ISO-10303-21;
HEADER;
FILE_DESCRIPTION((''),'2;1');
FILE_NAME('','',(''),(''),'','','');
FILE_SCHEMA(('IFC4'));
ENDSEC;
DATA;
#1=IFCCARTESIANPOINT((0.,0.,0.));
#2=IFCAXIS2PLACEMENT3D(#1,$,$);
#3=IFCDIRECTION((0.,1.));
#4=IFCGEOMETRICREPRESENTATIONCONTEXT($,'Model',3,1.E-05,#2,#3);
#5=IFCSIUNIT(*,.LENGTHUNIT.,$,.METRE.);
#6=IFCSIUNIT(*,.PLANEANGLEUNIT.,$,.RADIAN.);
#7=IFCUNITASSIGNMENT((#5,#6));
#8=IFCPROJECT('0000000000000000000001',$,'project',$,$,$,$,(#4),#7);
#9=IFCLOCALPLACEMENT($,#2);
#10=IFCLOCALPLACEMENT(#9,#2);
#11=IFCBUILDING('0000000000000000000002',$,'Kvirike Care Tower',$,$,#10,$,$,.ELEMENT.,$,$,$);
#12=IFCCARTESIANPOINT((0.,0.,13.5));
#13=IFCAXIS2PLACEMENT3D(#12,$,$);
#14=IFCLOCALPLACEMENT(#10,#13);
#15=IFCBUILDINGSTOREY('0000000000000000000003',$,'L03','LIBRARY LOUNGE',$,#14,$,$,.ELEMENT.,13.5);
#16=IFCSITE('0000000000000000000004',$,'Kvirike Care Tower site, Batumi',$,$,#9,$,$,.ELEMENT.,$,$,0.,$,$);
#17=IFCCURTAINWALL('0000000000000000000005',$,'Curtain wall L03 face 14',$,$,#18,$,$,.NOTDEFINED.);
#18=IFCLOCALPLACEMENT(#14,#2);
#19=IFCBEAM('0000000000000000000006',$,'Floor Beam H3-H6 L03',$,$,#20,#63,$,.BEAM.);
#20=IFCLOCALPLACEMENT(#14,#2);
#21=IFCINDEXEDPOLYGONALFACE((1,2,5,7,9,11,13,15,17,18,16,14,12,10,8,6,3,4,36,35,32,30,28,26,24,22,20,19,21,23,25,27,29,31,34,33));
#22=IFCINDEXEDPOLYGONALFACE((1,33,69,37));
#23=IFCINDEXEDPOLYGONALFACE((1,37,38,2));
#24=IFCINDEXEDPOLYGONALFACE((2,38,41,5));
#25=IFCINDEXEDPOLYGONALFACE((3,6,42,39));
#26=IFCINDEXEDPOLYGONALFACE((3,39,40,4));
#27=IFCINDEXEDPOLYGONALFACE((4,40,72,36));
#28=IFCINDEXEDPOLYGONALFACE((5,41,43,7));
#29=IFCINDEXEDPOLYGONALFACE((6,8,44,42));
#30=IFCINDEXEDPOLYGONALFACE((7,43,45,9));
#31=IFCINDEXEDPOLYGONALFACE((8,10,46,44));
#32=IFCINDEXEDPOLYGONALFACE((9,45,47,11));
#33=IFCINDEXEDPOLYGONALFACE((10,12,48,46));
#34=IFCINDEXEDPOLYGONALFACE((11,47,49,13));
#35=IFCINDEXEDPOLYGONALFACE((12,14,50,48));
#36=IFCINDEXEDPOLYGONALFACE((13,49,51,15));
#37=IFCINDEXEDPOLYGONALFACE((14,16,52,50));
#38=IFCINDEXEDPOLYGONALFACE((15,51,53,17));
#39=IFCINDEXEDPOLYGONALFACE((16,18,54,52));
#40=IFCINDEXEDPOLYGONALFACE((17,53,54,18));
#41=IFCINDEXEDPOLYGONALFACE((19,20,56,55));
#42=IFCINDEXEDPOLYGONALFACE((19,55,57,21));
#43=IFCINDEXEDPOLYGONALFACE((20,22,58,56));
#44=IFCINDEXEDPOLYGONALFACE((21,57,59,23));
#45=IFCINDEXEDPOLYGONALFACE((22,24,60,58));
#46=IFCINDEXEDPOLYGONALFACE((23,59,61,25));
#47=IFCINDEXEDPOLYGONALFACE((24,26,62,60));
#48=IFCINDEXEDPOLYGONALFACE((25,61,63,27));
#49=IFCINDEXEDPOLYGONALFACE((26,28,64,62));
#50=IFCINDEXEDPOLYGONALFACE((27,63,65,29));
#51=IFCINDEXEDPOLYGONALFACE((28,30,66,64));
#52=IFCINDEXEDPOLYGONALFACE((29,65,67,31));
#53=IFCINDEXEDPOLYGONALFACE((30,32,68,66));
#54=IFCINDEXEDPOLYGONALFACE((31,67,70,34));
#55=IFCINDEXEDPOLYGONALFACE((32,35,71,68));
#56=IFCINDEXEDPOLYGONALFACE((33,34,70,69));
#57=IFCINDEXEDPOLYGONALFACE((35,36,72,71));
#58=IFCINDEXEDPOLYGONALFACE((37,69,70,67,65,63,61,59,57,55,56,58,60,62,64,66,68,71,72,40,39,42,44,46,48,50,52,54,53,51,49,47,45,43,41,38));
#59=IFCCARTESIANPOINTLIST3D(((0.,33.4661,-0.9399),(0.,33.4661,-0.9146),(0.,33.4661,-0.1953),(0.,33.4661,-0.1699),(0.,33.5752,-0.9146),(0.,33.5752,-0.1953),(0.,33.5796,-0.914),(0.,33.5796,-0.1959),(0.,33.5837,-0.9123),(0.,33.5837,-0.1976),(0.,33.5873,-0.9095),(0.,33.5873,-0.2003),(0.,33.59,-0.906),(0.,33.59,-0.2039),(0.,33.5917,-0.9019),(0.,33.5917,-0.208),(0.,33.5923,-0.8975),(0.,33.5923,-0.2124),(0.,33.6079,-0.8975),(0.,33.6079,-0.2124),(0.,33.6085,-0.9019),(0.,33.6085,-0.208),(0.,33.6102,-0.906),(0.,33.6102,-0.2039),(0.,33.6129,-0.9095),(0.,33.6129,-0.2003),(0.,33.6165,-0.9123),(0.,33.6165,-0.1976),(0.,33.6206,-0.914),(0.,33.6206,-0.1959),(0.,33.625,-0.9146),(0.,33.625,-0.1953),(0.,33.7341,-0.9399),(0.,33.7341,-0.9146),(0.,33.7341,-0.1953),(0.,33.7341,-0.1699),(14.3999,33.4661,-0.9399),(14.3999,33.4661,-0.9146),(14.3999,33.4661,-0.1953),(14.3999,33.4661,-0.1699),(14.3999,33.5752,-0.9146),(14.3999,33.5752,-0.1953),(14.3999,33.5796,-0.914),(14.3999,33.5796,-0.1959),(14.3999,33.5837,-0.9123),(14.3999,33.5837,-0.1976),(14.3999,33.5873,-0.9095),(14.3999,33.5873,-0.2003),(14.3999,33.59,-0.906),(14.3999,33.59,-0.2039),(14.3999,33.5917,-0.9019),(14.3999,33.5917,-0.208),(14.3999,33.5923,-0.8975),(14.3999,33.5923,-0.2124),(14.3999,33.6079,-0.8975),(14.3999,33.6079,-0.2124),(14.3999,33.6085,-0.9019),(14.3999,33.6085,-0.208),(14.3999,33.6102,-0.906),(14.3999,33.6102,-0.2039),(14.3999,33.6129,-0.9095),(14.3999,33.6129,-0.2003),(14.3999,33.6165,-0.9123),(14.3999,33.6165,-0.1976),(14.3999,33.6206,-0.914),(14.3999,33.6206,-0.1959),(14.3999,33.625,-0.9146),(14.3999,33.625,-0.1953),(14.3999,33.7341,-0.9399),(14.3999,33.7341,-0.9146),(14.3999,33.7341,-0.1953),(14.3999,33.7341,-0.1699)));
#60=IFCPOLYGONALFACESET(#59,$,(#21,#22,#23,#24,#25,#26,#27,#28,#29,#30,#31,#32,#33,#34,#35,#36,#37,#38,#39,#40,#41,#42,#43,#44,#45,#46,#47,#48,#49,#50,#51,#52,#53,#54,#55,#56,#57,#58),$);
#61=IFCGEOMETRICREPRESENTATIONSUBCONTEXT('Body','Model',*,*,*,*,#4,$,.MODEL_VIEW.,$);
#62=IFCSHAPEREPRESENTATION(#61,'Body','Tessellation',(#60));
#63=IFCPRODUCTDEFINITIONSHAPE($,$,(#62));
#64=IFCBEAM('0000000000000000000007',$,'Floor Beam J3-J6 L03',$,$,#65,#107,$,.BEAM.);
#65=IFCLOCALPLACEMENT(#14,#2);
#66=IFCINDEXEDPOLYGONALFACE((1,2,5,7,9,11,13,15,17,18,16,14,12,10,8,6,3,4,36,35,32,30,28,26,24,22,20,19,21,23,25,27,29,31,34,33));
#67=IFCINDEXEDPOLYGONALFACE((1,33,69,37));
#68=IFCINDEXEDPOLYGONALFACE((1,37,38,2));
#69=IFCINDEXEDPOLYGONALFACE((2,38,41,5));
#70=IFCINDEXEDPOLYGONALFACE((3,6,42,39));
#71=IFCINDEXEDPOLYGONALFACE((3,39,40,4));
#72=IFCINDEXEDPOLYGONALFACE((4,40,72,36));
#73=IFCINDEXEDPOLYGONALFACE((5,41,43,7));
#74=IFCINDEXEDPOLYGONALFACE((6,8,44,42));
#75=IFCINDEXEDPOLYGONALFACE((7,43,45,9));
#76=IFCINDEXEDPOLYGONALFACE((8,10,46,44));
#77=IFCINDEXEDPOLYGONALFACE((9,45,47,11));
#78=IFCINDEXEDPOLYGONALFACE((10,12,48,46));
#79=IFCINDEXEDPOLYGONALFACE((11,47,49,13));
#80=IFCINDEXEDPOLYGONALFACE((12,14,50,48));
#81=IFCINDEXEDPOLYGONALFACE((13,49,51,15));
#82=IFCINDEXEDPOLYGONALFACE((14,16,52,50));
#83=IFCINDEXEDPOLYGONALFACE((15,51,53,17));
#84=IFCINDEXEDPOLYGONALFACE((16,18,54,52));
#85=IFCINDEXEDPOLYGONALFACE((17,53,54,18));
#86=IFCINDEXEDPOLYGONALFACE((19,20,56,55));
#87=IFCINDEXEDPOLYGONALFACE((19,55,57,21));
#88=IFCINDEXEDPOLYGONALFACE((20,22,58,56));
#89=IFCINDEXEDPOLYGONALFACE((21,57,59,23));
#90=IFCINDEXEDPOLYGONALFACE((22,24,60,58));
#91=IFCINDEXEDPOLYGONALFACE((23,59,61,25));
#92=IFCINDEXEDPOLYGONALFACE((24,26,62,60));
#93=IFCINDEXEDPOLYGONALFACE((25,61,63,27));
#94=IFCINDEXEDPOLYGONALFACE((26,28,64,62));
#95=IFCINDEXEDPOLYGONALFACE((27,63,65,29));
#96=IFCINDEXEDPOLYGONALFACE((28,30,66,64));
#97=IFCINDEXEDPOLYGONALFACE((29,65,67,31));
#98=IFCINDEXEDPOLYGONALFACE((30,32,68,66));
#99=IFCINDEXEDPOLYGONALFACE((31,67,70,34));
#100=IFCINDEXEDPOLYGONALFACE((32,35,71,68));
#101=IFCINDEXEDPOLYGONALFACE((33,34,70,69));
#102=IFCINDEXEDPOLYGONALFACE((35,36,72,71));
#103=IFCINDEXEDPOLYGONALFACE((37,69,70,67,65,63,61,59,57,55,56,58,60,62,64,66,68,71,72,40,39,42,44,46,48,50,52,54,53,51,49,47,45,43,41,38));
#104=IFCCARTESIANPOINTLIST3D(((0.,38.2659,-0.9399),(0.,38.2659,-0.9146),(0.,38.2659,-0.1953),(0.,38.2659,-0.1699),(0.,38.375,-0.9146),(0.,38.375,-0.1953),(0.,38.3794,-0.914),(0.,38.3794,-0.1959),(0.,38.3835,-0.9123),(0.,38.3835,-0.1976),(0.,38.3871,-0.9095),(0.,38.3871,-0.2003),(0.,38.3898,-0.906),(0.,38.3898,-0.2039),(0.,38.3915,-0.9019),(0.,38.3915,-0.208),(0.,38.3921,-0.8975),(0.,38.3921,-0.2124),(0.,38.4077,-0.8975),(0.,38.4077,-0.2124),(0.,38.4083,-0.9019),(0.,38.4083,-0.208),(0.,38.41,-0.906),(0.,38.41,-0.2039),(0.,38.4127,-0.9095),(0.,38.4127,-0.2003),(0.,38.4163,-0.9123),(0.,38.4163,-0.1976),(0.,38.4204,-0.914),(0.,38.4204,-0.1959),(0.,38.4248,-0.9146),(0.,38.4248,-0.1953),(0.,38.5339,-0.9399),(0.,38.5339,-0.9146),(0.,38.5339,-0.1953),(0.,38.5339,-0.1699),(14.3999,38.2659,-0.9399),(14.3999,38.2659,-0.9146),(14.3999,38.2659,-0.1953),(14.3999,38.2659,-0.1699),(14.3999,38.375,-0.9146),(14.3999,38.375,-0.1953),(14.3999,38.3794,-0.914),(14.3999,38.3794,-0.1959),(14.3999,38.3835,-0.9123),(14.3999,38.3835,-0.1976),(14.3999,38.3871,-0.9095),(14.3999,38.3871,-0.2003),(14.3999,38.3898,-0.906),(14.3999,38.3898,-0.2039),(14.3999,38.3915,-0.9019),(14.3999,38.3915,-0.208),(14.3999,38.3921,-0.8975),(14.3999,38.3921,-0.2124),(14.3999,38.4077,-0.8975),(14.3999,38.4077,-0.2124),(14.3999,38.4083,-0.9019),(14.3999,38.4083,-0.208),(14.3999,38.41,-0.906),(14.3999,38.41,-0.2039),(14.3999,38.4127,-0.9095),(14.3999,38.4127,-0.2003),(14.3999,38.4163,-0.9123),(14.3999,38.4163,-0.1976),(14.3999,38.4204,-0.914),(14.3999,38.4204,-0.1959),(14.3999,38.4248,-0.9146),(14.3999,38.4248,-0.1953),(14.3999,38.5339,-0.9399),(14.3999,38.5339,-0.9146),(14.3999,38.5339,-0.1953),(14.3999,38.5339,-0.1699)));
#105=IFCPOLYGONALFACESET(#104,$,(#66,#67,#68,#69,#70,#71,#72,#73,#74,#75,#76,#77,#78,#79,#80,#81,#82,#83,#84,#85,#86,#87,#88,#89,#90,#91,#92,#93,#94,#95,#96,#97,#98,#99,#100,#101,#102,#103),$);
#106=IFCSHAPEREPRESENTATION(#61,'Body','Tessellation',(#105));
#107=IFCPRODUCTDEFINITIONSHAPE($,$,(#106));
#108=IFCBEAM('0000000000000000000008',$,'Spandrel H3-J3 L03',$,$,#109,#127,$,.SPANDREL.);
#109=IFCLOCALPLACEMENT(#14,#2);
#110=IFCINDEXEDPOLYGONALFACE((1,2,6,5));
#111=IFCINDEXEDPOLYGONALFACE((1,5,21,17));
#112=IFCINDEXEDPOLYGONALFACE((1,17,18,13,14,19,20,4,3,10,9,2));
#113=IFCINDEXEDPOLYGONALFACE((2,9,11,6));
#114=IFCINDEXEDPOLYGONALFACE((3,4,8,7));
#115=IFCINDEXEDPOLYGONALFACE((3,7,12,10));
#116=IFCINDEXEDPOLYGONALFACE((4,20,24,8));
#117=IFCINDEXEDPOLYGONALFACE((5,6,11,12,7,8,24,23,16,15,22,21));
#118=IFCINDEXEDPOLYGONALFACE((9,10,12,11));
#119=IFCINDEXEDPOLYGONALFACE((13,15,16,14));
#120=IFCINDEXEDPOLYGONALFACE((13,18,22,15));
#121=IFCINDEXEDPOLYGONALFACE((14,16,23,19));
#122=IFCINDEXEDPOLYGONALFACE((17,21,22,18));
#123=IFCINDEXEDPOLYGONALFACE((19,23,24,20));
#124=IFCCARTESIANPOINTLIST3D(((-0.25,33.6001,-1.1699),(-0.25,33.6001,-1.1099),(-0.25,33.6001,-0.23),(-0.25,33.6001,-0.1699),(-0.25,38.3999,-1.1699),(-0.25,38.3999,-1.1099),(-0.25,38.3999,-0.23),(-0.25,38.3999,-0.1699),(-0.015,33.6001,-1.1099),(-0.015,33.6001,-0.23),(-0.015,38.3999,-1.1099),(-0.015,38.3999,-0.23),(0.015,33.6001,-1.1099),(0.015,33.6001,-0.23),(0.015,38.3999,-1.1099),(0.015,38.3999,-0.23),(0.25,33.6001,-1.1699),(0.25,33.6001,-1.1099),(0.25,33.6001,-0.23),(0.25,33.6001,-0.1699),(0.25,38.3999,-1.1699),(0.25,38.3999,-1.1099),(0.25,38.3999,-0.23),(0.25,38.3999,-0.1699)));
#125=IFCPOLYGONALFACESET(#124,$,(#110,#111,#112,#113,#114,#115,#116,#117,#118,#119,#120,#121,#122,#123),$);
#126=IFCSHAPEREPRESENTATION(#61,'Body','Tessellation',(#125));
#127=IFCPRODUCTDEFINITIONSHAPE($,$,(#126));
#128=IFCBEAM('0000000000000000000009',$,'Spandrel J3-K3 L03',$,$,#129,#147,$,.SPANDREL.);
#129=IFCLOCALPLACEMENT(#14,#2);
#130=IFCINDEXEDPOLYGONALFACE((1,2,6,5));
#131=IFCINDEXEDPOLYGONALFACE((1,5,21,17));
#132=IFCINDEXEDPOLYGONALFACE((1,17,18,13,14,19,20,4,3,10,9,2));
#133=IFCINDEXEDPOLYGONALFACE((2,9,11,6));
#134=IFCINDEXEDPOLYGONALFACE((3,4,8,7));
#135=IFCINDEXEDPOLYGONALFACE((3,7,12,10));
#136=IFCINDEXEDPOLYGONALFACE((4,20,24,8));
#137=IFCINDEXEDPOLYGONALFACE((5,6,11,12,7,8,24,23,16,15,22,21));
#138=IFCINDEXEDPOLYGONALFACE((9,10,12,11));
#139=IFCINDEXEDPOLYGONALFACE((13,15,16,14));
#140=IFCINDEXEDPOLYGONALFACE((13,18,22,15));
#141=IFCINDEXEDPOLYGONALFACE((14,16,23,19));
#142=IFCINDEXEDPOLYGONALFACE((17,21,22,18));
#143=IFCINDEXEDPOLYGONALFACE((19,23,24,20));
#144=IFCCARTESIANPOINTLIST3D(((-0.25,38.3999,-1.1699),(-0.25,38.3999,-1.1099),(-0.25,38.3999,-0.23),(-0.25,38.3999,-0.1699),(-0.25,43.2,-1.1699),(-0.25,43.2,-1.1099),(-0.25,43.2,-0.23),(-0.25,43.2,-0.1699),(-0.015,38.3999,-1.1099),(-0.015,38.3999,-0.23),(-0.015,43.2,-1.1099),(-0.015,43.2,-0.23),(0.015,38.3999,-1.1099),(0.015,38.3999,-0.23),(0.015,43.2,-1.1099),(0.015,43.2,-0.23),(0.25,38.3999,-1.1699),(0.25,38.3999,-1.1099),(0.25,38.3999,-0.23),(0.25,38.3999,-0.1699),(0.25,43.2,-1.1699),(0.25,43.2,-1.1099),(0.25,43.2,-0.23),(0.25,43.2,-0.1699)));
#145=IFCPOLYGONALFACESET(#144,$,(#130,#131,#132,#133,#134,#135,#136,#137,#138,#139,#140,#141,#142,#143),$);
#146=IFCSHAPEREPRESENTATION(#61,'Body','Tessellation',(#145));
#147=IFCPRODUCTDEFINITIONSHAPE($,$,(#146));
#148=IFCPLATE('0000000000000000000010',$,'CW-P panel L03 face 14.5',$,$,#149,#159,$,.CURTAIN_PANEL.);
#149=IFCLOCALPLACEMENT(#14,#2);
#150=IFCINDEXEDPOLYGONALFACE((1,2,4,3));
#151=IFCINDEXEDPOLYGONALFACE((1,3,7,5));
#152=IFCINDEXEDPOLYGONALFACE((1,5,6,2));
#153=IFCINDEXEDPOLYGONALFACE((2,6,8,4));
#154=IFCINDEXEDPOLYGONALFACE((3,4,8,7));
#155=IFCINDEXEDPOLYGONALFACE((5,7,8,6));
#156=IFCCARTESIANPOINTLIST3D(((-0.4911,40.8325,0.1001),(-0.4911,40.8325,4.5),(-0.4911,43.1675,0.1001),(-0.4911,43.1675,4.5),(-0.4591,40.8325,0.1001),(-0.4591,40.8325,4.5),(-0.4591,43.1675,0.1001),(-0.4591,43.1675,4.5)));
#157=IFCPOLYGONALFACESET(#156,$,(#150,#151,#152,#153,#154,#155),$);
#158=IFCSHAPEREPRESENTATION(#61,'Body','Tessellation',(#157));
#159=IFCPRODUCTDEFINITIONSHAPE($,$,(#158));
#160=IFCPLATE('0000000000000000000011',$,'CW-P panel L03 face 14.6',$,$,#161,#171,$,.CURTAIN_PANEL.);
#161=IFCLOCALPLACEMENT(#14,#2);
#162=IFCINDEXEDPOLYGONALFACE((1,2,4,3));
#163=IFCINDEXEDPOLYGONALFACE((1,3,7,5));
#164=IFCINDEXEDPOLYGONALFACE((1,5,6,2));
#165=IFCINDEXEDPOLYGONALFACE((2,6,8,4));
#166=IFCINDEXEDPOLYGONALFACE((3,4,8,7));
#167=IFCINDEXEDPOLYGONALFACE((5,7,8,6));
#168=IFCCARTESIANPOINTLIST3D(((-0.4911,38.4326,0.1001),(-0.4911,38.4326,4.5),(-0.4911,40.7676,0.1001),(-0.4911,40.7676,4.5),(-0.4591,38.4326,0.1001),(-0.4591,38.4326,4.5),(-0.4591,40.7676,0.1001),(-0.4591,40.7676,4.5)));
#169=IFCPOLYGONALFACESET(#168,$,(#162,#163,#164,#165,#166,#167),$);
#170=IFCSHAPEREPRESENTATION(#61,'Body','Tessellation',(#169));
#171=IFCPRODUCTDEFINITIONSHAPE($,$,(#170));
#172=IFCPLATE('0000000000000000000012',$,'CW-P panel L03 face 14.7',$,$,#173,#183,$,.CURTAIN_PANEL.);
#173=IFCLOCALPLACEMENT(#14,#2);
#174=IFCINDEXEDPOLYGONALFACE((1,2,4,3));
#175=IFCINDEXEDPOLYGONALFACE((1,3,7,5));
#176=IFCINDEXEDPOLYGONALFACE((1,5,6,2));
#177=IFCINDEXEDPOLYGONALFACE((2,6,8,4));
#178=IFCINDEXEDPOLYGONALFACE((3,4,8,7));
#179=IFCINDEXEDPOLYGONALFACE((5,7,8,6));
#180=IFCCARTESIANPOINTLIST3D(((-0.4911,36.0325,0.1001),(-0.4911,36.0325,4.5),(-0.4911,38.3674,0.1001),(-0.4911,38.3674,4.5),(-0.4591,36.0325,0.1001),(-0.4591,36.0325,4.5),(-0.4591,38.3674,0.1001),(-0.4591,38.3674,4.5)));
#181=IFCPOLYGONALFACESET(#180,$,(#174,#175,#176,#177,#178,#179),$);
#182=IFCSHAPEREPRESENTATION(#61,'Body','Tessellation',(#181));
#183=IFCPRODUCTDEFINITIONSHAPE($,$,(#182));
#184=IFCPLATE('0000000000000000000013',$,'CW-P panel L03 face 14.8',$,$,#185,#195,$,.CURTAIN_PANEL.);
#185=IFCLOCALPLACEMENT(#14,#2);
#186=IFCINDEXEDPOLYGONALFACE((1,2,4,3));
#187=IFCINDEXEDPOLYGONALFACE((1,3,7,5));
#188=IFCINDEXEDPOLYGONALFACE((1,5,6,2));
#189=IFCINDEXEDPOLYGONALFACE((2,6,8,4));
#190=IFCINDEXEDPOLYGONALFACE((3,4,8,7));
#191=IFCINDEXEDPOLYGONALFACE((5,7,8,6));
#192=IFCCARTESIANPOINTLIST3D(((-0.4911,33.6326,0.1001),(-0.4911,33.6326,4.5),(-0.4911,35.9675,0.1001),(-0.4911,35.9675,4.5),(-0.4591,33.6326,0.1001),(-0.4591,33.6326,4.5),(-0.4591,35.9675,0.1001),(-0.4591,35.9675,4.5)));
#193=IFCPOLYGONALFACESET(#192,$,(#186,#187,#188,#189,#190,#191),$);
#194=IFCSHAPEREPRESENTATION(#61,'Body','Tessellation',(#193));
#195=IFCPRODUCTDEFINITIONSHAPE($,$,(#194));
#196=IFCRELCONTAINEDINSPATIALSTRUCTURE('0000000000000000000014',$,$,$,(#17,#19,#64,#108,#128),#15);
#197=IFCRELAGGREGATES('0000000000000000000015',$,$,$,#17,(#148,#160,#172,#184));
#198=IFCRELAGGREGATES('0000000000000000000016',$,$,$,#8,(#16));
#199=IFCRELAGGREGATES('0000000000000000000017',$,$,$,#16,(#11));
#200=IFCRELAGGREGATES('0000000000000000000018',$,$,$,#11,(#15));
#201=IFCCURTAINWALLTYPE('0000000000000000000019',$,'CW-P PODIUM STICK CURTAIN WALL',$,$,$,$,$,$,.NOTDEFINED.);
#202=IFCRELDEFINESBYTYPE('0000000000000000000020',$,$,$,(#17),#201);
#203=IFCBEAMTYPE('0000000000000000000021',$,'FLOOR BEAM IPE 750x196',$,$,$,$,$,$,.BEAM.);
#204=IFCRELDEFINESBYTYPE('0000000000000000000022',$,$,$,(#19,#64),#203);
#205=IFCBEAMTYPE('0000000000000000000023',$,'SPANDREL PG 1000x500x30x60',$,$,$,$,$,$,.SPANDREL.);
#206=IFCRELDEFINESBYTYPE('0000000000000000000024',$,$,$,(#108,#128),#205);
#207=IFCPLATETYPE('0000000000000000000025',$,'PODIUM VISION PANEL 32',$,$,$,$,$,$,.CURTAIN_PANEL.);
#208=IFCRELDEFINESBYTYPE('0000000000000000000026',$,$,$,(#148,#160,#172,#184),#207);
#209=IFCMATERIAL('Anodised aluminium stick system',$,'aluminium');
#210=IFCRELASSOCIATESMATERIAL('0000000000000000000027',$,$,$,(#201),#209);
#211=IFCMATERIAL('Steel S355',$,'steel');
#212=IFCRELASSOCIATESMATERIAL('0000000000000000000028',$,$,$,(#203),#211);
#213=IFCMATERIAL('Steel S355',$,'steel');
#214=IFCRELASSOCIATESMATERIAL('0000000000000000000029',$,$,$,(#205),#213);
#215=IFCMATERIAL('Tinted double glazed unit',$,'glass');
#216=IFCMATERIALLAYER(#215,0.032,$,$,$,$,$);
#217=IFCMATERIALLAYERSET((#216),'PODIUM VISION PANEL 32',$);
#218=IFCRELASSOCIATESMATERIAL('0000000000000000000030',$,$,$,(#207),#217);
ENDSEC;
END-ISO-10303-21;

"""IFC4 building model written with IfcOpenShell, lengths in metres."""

from ifc_helpers import new_model, si_unit, direction, frame, origin, origin_2d, place, context, subcontext, project, spatial, rectangle, i_section, extrude, material, layer, layer_set, material_profile, profile_set, type_object, element, aggregate, save


model = new_model("IFC4")

# Units and contexts
model_context = context("Model", 3, precision=1e-05, world=origin(), true_north=direction((0.0, 1.0)))
body_context = subcontext(model_context, "Body", "Model", "MODEL_VIEW")
ifc_project = project(units=[si_unit("LENGTHUNIT", "METRE"), si_unit("PLANEANGLEUNIT", "RADIAN")], contexts=[model_context])

# Site, building, storey
site_placement = place(None, origin())
site = spatial("IfcSite", under=ifc_project, at=site_placement, Name="Kvirike Care Tower site, Batumi", CompositionType="ELEMENT", RefElevation=0.0)
building_placement = place(site_placement, origin())
building = spatial("IfcBuilding", under=site, at=building_placement, Name="Kvirike Care Tower", CompositionType="ELEMENT")
storey_placement = place(building_placement, frame((0.0, 0.0, 13.5)))
storey = spatial("IfcBuildingStorey", under=building, at=storey_placement, Name="L03", Description="LIBRARY LOUNGE", CompositionType="ELEMENT", Elevation=13.5)

# Curtain wall
ifc_material_1 = material(Name="Anodised aluminium stick system", Category="aluminium")
curtain_wall_type = type_object("IfcCurtainWallType", Name="CW-P PODIUM STICK CURTAIN WALL", PredefinedType="NOTDEFINED", material=ifc_material_1)
curtain_wall_placement = place(storey_placement, origin())
curtain_wall = element("IfcCurtainWall", 1, at=curtain_wall_placement, inside=storey, type_object=curtain_wall_type, Name="Curtain wall L03 face 14", PredefinedType="NOTDEFINED")

# Beams
ifc_material_2 = material(Name="Steel S355", Category="steel")
ifc_material_profile_1 = material_profile(ifc_material_2, i_section(OverallWidth=0.2681, OverallDepth=0.77, WebThickness=0.0156, FlangeThickness=0.0254, FilletRadius=0.0171, at=origin_2d()), Name="IPE 750x196")
ifc_profile_set_1 = profile_set([ifc_material_profile_1], Name="Steel S355")
beam_type_1 = type_object("IfcBeamType", Name="FLOOR BEAM IPE 750x196", PredefinedType="BEAM", material=ifc_profile_set_1)
for number, where, z_axis, x_axis, name in (
    (2, (0.0, 33.6001, -0.5549), (1.0, 0.0, 0.0), (0.0, 1.0, 0.0), "Floor Beam H3-H6 L03"),
    (3, (0.0, 38.3999, -0.5549), (1.0, 0.0, 0.0), (0.0, 1.0, 0.0), "Floor Beam J3-J6 L03"),
):
    element("IfcBeam", number, at=place(storey_placement, frame(where, z_axis=z_axis, x_axis=x_axis)), inside=storey, type_object=beam_type_1, Name=name, PredefinedType="BEAM", context=body_context, shape_type="SweptSolid", body=[
        extrude(i_section(OverallWidth=0.2681, OverallDepth=0.77, WebThickness=0.0156, FlangeThickness=0.0254, FilletRadius=0.0171, at=origin_2d()), origin(), (0.0, 0.0, 1.0), 14.3999),
    ])
ifc_material_3 = material(Name="Steel S355", Category="steel")
ifc_material_profile_2 = material_profile(ifc_material_3, i_section(OverallWidth=0.5, OverallDepth=1.0, WebThickness=0.03, FlangeThickness=0.0601, at=origin_2d()), Name="PG 1000x500x30x60")
ifc_profile_set_2 = profile_set([ifc_material_profile_2], Name="Steel S355")
beam_type_2 = type_object("IfcBeamType", Name="SPANDREL PG 1000x500x30x60", PredefinedType="SPANDREL", material=ifc_profile_set_2)
beam_1_placement = place(storey_placement, frame((0.0, 33.6001, -0.6699), z_axis=(0.0, 1.0, 0.0), x_axis=(-1.0, 0.0, 0.0)))
element("IfcBeam", 4, at=beam_1_placement, inside=storey, type_object=beam_type_2, Name="Spandrel H3-J3 L03", PredefinedType="SPANDREL", context=body_context, shape_type="SweptSolid", body=[
    extrude(i_section(OverallWidth=0.5, OverallDepth=1.0, WebThickness=0.03, FlangeThickness=0.0601, at=origin_2d()), origin(), (0.0, 0.0, 1.0), 4.7998),
])
beam_2_placement = place(storey_placement, frame((0.0, 38.3999, -0.6699), z_axis=(0.0, 1.0, 0.0), x_axis=(-1.0, 0.0, 0.0)))
element("IfcBeam", 5, at=beam_2_placement, inside=storey, type_object=beam_type_2, Name="Spandrel J3-K3 L03", PredefinedType="SPANDREL", context=body_context, shape_type="SweptSolid", body=[
    extrude(i_section(OverallWidth=0.5, OverallDepth=1.0, WebThickness=0.03, FlangeThickness=0.0601, at=origin_2d()), origin(), (0.0, 0.0, 1.0), 4.8),
])

# Plates
ifc_material_4 = material(Name="Tinted double glazed unit", Category="glass")
ifc_layer_1 = layer(ifc_material_4, 0.032)
ifc_layer_set_1 = layer_set([ifc_layer_1], Name="PODIUM VISION PANEL 32")
plate_type = type_object("IfcPlateType", Name="PODIUM VISION PANEL 32", PredefinedType="CURTAIN_PANEL", material=ifc_layer_set_1)
plate_1_placement = place(storey_placement, frame((-0.4751, 42.0, 0.1001), z_axis=(0.0, 0.0, 1.0), x_axis=(0.0, -1.0, 0.0)))
plate_1 = element("IfcPlate", 6, at=plate_1_placement, type_object=plate_type, Name="CW-P panel L03 face 14.5", PredefinedType="CURTAIN_PANEL", context=body_context, shape_type="SweptSolid", body=[
    extrude(rectangle(XDim=2.335, YDim=0.032, at=origin_2d()), origin(), (0.0, 0.0, 1.0), 4.3999),
])
plate_2_placement = place(storey_placement, frame((-0.4751, 39.6001, 0.1001), z_axis=(0.0, 0.0, 1.0), x_axis=(0.0, -1.0, 0.0)))
plate_2 = element("IfcPlate", 7, at=plate_2_placement, type_object=plate_type, Name="CW-P panel L03 face 14.6", PredefinedType="CURTAIN_PANEL", context=body_context, shape_type="SweptSolid", body=[
    extrude(rectangle(XDim=2.335, YDim=0.032, at=origin_2d()), origin(), (0.0, 0.0, 1.0), 4.3999),
])
plate_3_placement = place(storey_placement, frame((-0.4751, 37.2, 0.1001), z_axis=(0.0, 0.0, 1.0), x_axis=(0.0, -1.0, 0.0)))
plate_3 = element("IfcPlate", 8, at=plate_3_placement, type_object=plate_type, Name="CW-P panel L03 face 14.7", PredefinedType="CURTAIN_PANEL", context=body_context, shape_type="SweptSolid", body=[
    extrude(rectangle(XDim=2.335, YDim=0.032, at=origin_2d()), origin(), (0.0, 0.0, 1.0), 4.3999),
])
plate_4_placement = place(storey_placement, frame((-0.4751, 34.8, 0.1001), z_axis=(0.0, 0.0, 1.0), x_axis=(0.0, -1.0, 0.0)))
plate_4 = element("IfcPlate", 9, at=plate_4_placement, type_object=plate_type, Name="CW-P panel L03 face 14.8", PredefinedType="CURTAIN_PANEL", context=body_context, shape_type="SweptSolid", body=[
    extrude(rectangle(XDim=2.335, YDim=0.032, at=origin_2d()), origin(), (0.0, 0.0, 1.0), 4.3999),
])
aggregate(curtain_wall, [plate_1, plate_2, plate_3, plate_4])

save(model, "model.ifc")
